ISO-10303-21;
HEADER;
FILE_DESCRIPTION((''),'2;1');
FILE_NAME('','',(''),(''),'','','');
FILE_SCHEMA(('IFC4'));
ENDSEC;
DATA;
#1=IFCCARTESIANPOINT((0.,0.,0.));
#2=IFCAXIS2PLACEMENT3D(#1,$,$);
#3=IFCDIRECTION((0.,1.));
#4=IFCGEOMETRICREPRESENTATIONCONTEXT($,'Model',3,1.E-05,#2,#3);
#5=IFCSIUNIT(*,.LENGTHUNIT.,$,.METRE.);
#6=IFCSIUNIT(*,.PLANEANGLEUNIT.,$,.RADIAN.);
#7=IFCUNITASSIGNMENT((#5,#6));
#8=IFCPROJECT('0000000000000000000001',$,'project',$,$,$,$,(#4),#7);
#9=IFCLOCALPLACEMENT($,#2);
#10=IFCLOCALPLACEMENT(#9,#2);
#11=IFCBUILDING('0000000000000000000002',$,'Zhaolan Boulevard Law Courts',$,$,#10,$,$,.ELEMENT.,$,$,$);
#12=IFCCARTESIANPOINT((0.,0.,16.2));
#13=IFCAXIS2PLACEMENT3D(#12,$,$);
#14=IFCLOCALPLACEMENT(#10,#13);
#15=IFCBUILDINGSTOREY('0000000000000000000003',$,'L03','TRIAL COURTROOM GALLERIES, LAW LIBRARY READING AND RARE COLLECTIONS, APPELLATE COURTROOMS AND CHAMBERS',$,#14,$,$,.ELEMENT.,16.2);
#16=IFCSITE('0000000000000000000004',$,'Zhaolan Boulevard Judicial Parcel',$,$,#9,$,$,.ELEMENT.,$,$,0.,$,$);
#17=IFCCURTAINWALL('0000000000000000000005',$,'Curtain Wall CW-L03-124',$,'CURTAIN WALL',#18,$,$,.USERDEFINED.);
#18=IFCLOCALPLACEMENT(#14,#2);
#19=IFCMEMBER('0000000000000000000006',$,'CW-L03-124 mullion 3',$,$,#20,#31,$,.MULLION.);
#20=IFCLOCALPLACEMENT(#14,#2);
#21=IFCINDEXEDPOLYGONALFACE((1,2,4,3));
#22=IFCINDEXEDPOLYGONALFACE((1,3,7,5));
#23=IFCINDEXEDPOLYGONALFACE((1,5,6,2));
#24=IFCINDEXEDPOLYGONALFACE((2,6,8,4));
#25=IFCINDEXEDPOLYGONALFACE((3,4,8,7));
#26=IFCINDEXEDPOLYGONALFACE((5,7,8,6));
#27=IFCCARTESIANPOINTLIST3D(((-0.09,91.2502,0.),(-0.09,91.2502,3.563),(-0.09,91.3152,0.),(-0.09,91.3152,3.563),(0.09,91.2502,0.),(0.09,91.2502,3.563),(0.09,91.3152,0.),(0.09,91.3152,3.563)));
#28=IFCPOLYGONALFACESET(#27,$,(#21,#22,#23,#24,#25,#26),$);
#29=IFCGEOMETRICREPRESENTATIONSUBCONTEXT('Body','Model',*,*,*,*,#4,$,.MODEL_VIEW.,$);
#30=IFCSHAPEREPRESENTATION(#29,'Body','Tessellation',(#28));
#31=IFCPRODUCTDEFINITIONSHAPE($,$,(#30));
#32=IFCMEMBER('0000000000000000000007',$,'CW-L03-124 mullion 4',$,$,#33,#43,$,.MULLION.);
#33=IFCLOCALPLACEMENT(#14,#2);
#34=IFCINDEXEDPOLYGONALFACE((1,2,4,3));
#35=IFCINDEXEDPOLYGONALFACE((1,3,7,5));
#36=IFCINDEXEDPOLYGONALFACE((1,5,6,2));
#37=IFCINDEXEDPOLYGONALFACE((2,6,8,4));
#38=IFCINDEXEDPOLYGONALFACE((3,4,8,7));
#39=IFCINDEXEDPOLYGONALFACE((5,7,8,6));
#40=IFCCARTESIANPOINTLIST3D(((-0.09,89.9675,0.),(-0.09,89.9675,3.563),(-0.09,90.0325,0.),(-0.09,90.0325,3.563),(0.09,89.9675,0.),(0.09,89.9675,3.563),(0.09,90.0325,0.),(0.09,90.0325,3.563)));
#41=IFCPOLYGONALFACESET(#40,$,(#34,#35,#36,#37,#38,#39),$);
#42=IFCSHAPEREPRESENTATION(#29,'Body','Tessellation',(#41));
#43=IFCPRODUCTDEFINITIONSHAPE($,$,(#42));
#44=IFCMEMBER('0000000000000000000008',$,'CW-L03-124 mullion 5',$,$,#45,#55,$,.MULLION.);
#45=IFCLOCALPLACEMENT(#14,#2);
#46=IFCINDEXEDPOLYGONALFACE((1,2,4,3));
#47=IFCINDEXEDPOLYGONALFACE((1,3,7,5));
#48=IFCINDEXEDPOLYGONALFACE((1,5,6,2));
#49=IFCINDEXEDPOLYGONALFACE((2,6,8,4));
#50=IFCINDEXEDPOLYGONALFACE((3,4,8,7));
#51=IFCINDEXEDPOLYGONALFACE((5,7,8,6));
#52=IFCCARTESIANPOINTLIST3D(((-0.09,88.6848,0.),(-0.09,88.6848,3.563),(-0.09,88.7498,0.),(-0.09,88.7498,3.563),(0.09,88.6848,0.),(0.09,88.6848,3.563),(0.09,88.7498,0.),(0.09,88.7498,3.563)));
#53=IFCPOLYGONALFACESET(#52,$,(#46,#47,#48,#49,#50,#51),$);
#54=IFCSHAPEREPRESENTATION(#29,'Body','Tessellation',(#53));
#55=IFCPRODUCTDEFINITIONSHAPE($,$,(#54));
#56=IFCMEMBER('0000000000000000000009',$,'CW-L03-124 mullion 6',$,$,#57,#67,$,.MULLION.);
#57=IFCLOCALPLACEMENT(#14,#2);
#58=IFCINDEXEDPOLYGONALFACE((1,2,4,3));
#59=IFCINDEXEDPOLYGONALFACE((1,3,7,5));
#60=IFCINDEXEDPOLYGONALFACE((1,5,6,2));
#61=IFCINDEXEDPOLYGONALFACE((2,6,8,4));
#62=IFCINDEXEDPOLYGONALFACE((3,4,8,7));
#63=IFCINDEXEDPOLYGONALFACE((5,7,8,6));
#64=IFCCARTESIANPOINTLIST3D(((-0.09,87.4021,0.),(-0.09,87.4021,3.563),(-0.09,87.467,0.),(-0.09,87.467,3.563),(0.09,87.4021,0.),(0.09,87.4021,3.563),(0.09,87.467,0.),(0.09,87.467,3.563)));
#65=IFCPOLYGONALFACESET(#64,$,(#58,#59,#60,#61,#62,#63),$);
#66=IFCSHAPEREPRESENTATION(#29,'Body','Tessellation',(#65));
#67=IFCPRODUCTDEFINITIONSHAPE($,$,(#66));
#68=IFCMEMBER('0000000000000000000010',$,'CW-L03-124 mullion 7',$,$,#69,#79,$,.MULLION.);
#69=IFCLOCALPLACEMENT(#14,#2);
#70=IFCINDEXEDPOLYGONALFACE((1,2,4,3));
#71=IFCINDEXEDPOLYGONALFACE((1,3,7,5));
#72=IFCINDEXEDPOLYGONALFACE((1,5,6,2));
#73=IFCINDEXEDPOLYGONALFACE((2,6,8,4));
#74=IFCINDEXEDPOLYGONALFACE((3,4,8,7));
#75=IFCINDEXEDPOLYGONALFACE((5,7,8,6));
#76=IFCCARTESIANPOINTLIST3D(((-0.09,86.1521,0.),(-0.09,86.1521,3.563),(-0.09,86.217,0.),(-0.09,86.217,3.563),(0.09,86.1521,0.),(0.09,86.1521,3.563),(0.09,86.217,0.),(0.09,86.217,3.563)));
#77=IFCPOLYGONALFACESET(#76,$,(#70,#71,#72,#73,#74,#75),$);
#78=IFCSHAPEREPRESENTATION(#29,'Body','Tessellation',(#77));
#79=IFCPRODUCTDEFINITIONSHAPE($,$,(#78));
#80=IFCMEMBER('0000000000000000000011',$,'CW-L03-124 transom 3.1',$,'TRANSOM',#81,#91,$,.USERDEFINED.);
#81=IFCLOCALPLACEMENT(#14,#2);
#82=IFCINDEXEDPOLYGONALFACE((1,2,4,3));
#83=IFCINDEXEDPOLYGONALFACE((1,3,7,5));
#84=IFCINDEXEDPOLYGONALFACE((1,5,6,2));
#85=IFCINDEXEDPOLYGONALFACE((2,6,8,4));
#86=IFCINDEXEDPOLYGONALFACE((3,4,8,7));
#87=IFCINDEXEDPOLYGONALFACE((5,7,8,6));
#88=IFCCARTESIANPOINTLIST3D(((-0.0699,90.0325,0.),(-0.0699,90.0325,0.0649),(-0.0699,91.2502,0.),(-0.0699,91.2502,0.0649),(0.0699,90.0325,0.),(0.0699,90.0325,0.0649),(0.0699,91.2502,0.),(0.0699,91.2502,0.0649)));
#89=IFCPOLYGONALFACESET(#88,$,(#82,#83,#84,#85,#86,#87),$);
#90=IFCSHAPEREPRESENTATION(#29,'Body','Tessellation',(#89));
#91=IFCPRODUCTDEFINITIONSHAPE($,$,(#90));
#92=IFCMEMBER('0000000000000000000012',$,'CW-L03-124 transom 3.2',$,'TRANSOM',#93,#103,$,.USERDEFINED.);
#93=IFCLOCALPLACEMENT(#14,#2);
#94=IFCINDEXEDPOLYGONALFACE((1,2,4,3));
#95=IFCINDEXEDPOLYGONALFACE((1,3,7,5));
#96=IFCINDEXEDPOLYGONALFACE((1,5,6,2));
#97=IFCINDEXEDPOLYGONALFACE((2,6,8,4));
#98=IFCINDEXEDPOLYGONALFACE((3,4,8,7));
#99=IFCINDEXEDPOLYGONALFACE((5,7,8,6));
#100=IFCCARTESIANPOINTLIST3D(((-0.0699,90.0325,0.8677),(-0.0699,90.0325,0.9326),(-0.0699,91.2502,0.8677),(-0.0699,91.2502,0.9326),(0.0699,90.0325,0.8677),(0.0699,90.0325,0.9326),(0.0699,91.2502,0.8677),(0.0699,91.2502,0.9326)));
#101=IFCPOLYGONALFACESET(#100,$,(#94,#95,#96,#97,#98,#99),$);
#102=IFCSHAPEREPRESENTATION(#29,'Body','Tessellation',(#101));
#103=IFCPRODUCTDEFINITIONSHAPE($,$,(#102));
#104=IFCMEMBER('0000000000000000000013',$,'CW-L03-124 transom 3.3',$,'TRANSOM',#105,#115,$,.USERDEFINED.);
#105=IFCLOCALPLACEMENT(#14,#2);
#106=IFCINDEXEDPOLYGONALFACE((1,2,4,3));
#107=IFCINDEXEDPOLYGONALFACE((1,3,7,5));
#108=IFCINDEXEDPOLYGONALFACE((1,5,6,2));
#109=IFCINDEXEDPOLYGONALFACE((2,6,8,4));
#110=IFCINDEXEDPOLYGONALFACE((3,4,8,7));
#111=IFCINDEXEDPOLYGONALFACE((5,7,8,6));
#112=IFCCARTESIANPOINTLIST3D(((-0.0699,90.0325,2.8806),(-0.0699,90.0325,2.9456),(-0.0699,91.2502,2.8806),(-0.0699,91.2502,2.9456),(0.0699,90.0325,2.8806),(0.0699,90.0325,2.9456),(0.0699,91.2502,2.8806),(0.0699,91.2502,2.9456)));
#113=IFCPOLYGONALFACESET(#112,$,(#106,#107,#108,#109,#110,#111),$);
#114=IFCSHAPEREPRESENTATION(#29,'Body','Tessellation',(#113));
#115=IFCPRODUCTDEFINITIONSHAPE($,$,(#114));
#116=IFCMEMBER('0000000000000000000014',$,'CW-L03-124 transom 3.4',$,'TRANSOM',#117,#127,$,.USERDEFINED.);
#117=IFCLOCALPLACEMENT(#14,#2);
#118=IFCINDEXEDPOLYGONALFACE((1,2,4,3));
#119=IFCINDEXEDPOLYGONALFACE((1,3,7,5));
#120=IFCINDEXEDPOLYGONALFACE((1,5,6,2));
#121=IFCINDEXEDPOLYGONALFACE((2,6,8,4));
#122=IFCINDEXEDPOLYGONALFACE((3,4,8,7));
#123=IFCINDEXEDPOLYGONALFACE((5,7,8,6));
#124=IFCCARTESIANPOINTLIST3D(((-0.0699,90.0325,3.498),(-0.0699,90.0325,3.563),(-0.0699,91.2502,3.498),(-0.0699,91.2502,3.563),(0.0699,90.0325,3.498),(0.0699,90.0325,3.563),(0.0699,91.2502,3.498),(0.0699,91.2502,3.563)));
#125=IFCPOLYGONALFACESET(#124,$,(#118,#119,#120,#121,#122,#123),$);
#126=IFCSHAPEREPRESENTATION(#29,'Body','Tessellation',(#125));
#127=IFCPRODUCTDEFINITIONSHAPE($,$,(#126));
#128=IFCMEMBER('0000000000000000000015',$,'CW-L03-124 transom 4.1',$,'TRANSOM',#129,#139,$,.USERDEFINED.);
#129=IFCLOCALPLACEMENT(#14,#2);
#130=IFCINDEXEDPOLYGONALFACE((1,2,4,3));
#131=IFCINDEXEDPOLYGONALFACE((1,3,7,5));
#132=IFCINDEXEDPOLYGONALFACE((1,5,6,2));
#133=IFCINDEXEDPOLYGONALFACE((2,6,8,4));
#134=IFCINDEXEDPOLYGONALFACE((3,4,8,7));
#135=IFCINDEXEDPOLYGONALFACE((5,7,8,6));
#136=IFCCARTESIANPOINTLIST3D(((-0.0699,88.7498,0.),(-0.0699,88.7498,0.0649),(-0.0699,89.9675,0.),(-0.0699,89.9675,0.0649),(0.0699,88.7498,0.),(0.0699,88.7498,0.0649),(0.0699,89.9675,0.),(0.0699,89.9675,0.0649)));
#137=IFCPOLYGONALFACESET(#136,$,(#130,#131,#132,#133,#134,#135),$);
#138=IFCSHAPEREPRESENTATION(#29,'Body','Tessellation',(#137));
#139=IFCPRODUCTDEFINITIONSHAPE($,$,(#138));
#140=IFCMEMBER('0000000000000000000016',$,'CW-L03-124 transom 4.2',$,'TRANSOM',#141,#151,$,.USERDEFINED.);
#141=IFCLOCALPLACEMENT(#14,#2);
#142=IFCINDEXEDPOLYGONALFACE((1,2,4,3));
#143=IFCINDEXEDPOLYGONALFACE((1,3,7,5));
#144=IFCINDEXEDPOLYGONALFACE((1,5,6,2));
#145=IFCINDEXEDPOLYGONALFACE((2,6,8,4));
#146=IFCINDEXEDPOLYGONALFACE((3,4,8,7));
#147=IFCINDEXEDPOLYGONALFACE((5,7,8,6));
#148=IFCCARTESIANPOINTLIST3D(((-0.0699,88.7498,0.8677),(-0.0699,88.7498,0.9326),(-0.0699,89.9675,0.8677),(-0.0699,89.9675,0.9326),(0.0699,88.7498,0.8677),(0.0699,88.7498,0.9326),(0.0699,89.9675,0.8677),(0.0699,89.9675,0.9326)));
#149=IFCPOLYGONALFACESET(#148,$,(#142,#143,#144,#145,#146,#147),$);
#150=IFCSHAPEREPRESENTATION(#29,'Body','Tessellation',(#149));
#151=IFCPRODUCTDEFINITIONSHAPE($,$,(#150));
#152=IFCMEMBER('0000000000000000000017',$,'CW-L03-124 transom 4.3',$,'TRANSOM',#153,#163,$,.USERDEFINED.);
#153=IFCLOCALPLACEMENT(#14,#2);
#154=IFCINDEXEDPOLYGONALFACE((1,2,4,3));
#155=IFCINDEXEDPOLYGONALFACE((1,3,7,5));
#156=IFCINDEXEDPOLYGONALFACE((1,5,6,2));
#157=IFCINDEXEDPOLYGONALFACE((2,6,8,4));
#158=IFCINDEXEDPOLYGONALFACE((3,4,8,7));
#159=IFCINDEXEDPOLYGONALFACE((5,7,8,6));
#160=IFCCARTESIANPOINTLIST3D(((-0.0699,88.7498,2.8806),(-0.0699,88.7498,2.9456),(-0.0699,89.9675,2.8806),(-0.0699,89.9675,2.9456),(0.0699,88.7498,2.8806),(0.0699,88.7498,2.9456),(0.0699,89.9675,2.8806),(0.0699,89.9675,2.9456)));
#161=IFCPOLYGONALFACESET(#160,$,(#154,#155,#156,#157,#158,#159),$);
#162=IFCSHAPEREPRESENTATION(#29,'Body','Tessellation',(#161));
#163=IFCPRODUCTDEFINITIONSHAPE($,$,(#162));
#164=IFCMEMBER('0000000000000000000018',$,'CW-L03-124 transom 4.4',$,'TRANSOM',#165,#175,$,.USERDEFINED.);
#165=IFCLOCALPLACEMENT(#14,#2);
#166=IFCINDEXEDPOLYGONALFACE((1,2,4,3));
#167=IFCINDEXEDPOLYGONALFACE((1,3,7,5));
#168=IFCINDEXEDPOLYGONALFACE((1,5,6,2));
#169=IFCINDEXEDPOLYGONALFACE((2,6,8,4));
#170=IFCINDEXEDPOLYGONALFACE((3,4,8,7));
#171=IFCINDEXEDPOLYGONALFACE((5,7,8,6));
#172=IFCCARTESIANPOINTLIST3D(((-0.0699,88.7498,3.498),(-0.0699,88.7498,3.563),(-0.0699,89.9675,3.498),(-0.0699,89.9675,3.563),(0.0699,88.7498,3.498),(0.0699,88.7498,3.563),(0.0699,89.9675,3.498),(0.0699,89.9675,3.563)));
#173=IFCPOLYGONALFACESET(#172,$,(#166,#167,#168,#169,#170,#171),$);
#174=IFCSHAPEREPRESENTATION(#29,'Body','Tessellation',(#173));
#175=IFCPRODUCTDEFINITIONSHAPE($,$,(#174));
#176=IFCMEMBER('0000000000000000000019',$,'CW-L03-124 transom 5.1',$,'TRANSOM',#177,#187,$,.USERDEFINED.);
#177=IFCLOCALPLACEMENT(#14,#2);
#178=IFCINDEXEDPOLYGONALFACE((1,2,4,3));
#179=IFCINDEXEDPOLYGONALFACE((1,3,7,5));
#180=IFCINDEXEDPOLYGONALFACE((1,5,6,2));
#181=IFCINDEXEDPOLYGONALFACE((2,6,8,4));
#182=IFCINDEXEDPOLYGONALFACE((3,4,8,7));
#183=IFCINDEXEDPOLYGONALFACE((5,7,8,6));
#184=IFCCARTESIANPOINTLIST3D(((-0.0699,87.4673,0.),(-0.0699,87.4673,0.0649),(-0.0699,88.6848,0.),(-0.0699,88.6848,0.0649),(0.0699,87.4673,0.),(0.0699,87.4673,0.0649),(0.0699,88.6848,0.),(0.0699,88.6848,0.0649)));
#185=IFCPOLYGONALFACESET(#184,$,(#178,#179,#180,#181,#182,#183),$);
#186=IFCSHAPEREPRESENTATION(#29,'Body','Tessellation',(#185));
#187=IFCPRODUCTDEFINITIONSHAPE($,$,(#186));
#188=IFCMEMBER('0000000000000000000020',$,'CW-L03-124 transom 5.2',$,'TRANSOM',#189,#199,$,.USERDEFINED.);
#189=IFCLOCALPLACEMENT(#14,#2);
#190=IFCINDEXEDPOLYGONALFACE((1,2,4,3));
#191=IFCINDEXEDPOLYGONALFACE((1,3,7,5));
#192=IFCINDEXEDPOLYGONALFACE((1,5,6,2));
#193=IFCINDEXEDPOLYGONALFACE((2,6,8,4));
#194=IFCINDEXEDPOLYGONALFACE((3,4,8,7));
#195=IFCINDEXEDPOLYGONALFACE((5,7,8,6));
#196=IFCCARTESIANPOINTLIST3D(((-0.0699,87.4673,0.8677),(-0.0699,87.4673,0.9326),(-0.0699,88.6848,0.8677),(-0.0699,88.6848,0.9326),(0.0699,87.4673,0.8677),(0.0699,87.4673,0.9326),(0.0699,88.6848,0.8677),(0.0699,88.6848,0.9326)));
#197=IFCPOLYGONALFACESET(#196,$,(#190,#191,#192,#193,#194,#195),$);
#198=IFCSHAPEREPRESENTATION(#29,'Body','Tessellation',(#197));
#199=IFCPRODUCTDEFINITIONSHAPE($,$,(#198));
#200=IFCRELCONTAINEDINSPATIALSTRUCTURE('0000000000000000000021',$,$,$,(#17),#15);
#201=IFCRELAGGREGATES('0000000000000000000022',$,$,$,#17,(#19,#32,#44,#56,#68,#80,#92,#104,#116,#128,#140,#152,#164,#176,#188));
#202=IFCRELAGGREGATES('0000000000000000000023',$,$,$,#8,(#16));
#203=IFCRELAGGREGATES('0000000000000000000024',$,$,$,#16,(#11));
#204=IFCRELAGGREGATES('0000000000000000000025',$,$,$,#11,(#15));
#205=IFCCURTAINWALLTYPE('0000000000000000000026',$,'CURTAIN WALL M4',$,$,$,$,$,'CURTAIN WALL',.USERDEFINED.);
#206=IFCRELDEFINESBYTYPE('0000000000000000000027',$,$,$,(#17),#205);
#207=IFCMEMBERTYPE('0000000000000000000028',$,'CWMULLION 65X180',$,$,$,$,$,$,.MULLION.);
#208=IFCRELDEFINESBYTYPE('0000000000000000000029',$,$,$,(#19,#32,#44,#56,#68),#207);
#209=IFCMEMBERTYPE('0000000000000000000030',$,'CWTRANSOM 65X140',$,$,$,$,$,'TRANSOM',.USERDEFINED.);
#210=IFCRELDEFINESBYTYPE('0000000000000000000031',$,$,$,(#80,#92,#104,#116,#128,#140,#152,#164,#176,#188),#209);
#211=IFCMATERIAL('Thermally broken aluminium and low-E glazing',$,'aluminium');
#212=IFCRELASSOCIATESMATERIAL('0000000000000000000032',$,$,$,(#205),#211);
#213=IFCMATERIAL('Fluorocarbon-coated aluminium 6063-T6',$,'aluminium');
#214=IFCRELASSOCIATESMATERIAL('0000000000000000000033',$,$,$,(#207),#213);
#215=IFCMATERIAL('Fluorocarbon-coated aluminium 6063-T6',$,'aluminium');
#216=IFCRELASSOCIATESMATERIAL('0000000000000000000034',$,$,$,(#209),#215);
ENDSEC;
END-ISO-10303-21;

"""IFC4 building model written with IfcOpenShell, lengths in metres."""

from ifc_helpers import new_model, si_unit, direction, frame, origin, origin_2d, place, context, subcontext, project, spatial, rectangle, extrude, material, material_profile, profile_set, type_object, element, aggregate, save


model = new_model("IFC4")

# Units and contexts
model_context = context("Model", 3, precision=1e-05, world=origin(), true_north=direction((0.0, 1.0)))
body_context = subcontext(model_context, "Body", "Model", "MODEL_VIEW")
ifc_project = project(units=[si_unit("LENGTHUNIT", "METRE"), si_unit("PLANEANGLEUNIT", "RADIAN")], contexts=[model_context])

# Site, building, storey
site_placement = place(None, origin())
site = spatial("IfcSite", under=ifc_project, at=site_placement, Name="Zhaolan Boulevard Judicial Parcel", CompositionType="ELEMENT", RefElevation=0.0)
building_placement = place(site_placement, origin())
building = spatial("IfcBuilding", under=site, at=building_placement, Name="Zhaolan Boulevard Law Courts", CompositionType="ELEMENT")
storey_placement = place(building_placement, frame((0.0, 0.0, 16.2)))
storey = spatial("IfcBuildingStorey", under=building, at=storey_placement, Name="L03", Description="TRIAL COURTROOM GALLERIES, LAW LIBRARY READING AND RARE COLLECTIONS, APPELLATE COURTROOMS AND CHAMBERS", CompositionType="ELEMENT", Elevation=16.2)

# Curtain wall, members
ifc_material_1 = material(Name="Thermally broken aluminium and low-E glazing", Category="aluminium")
curtain_wall_type = type_object("IfcCurtainWallType", Name="CURTAIN WALL M4", ElementType="CURTAIN WALL", PredefinedType="USERDEFINED", material=ifc_material_1)
curtain_wall_placement = place(storey_placement, origin())
curtain_wall = element("IfcCurtainWall", 1, at=curtain_wall_placement, inside=storey, type_object=curtain_wall_type, Name="Curtain Wall CW-L03-124", ObjectType="CURTAIN WALL", PredefinedType="USERDEFINED")
ifc_material_2 = material(Name="Fluorocarbon-coated aluminium 6063-T6", Category="aluminium")
ifc_material_profile_1 = material_profile(ifc_material_2, rectangle(XDim=0.1799, YDim=0.0649, at=origin_2d()), Name="AL65x180")
ifc_profile_set_1 = profile_set([ifc_material_profile_1], Name="Fluorocarbon-coated aluminium 6063-T6")
member_type_1 = type_object("IfcMemberType", Name="CWMULLION 65X180", PredefinedType="MULLION", material=ifc_profile_set_1)
member_1_placement = place(storey_placement, frame((0.0, 91.2827, 0.0), z_axis=(0.0, 0.0, 1.0), x_axis=(1.0, 0.0, 0.0)))
member_1 = element("IfcMember", 2, at=member_1_placement, type_object=member_type_1, Name="CW-L03-124 mullion 3", PredefinedType="MULLION", context=body_context, shape_type="SweptSolid", body=[
    extrude(rectangle(XDim=0.1799, YDim=0.0649, at=origin_2d()), origin(), (0.0, 0.0, 1.0), 3.563),
])
member_2_placement = place(storey_placement, frame((0.0, 90.0, 0.0), z_axis=(0.0, 0.0, 1.0), x_axis=(1.0, 0.0, 0.0)))
member_2 = element("IfcMember", 3, at=member_2_placement, type_object=member_type_1, Name="CW-L03-124 mullion 4", PredefinedType="MULLION", context=body_context, shape_type="SweptSolid", body=[
    extrude(rectangle(XDim=0.1799, YDim=0.0649, at=origin_2d()), origin(), (0.0, 0.0, 1.0), 3.563),
])
member_3_placement = place(storey_placement, frame((0.0, 88.7173, 0.0), z_axis=(0.0, 0.0, 1.0), x_axis=(1.0, 0.0, 0.0)))
member_3 = element("IfcMember", 4, at=member_3_placement, type_object=member_type_1, Name="CW-L03-124 mullion 5", PredefinedType="MULLION", context=body_context, shape_type="SweptSolid", body=[
    extrude(rectangle(XDim=0.1799, YDim=0.0649, at=origin_2d()), origin(), (0.0, 0.0, 1.0), 3.563),
])
member_4_placement = place(storey_placement, frame((0.0, 87.4346, 0.0), z_axis=(0.0, 0.0, 1.0), x_axis=(1.0, 0.0, 0.0)))
member_4 = element("IfcMember", 5, at=member_4_placement, type_object=member_type_1, Name="CW-L03-124 mullion 6", PredefinedType="MULLION", context=body_context, shape_type="SweptSolid", body=[
    extrude(rectangle(XDim=0.1799, YDim=0.0649, at=origin_2d()), origin(), (0.0, 0.0, 1.0), 3.563),
])
member_5_placement = place(storey_placement, frame((0.0, 86.1846, 0.0), z_axis=(0.0, 0.0, 1.0), x_axis=(1.0, 0.0, 0.0)))
member_5 = element("IfcMember", 6, at=member_5_placement, type_object=member_type_1, Name="CW-L03-124 mullion 7", PredefinedType="MULLION", context=body_context, shape_type="SweptSolid", body=[
    extrude(rectangle(XDim=0.1799, YDim=0.0649, at=origin_2d()), origin(), (0.0, 0.0, 1.0), 3.563),
])
ifc_material_3 = material(Name="Fluorocarbon-coated aluminium 6063-T6", Category="aluminium")
ifc_material_profile_2 = material_profile(ifc_material_3, rectangle(XDim=0.1399, YDim=0.0649, at=origin_2d()), Name="AL65x140")
ifc_profile_set_2 = profile_set([ifc_material_profile_2], Name="Fluorocarbon-coated aluminium 6063-T6")
member_type_2 = type_object("IfcMemberType", Name="CWTRANSOM 65X140", ElementType="TRANSOM", PredefinedType="USERDEFINED", material=ifc_profile_set_2)
member_6_placement = place(storey_placement, frame((0.0, 91.2502, 0.0325), z_axis=(0.0, -1.0, 0.0), x_axis=(1.0, 0.0, 0.0)))
member_6 = element("IfcMember", 7, at=member_6_placement, type_object=member_type_2, Name="CW-L03-124 transom 3.1", ObjectType="TRANSOM", PredefinedType="USERDEFINED", context=body_context, shape_type="SweptSolid", body=[
    extrude(rectangle(XDim=0.1399, YDim=0.0649, at=origin_2d()), origin(), (0.0, 0.0, 1.0), 1.2178),
])
member_7_placement = place(storey_placement, frame((0.0, 91.2502, 0.9001), z_axis=(0.0, -1.0, 0.0), x_axis=(1.0, 0.0, 0.0)))
member_7 = element("IfcMember", 8, at=member_7_placement, type_object=member_type_2, Name="CW-L03-124 transom 3.2", ObjectType="TRANSOM", PredefinedType="USERDEFINED", context=body_context, shape_type="SweptSolid", body=[
    extrude(rectangle(XDim=0.1399, YDim=0.0649, at=origin_2d()), origin(), (0.0, 0.0, 1.0), 1.2178),
])
member_8_placement = place(storey_placement, frame((0.0, 91.2502, 2.9131), z_axis=(0.0, -1.0, 0.0), x_axis=(1.0, 0.0, 0.0)))
member_8 = element("IfcMember", 9, at=member_8_placement, type_object=member_type_2, Name="CW-L03-124 transom 3.3", ObjectType="TRANSOM", PredefinedType="USERDEFINED", context=body_context, shape_type="SweptSolid", body=[
    extrude(rectangle(XDim=0.1399, YDim=0.0649, at=origin_2d()), origin(), (0.0, 0.0, 1.0), 1.2178),
])
member_9_placement = place(storey_placement, frame((0.0, 91.2502, 3.5305), z_axis=(0.0, -1.0, 0.0), x_axis=(1.0, 0.0, 0.0)))
member_9 = element("IfcMember", 10, at=member_9_placement, type_object=member_type_2, Name="CW-L03-124 transom 3.4", ObjectType="TRANSOM", PredefinedType="USERDEFINED", context=body_context, shape_type="SweptSolid", body=[
    extrude(rectangle(XDim=0.1399, YDim=0.0649, at=origin_2d()), origin(), (0.0, 0.0, 1.0), 1.2178),
])
member_10_placement = place(storey_placement, frame((0.0, 89.9675, 0.0325), z_axis=(0.0, -1.0, 0.0), x_axis=(1.0, 0.0, 0.0)))
member_10 = element("IfcMember", 11, at=member_10_placement, type_object=member_type_2, Name="CW-L03-124 transom 4.1", ObjectType="TRANSOM", PredefinedType="USERDEFINED", context=body_context, shape_type="SweptSolid", body=[
    extrude(rectangle(XDim=0.1399, YDim=0.0649, at=origin_2d()), origin(), (0.0, 0.0, 1.0), 1.2178),
])
member_11_placement = place(storey_placement, frame((0.0, 89.9675, 0.9001), z_axis=(0.0, -1.0, 0.0), x_axis=(1.0, 0.0, 0.0)))
member_11 = element("IfcMember", 12, at=member_11_placement, type_object=member_type_2, Name="CW-L03-124 transom 4.2", ObjectType="TRANSOM", PredefinedType="USERDEFINED", context=body_context, shape_type="SweptSolid", body=[
    extrude(rectangle(XDim=0.1399, YDim=0.0649, at=origin_2d()), origin(), (0.0, 0.0, 1.0), 1.2178),
])
member_12_placement = place(storey_placement, frame((0.0, 89.9675, 2.9131), z_axis=(0.0, -1.0, 0.0), x_axis=(1.0, 0.0, 0.0)))
member_12 = element("IfcMember", 13, at=member_12_placement, type_object=member_type_2, Name="CW-L03-124 transom 4.3", ObjectType="TRANSOM", PredefinedType="USERDEFINED", context=body_context, shape_type="SweptSolid", body=[
    extrude(rectangle(XDim=0.1399, YDim=0.0649, at=origin_2d()), origin(), (0.0, 0.0, 1.0), 1.2178),
])
member_13_placement = place(storey_placement, frame((0.0, 89.9675, 3.5305), z_axis=(0.0, -1.0, 0.0), x_axis=(1.0, 0.0, 0.0)))
member_13 = element("IfcMember", 14, at=member_13_placement, type_object=member_type_2, Name="CW-L03-124 transom 4.4", ObjectType="TRANSOM", PredefinedType="USERDEFINED", context=body_context, shape_type="SweptSolid", body=[
    extrude(rectangle(XDim=0.1399, YDim=0.0649, at=origin_2d()), origin(), (0.0, 0.0, 1.0), 1.2178),
])
member_14_placement = place(storey_placement, frame((0.0, 88.6848, 0.0325), z_axis=(0.0, -1.0, 0.0), x_axis=(1.0, 0.0, 0.0)))
member_14 = element("IfcMember", 15, at=member_14_placement, type_object=member_type_2, Name="CW-L03-124 transom 5.1", ObjectType="TRANSOM", PredefinedType="USERDEFINED", context=body_context, shape_type="SweptSolid", body=[
    extrude(rectangle(XDim=0.1399, YDim=0.0649, at=origin_2d()), origin(), (0.0, 0.0, 1.0), 1.2175),
])
member_15_placement = place(storey_placement, frame((0.0, 88.6848, 0.9001), z_axis=(0.0, -1.0, 0.0), x_axis=(1.0, 0.0, 0.0)))
member_15 = element("IfcMember", 16, at=member_15_placement, type_object=member_type_2, Name="CW-L03-124 transom 5.2", ObjectType="TRANSOM", PredefinedType="USERDEFINED", context=body_context, shape_type="SweptSolid", body=[
    extrude(rectangle(XDim=0.1399, YDim=0.0649, at=origin_2d()), origin(), (0.0, 0.0, 1.0), 1.2175),
])

aggregate(curtain_wall, [member_1, member_2, member_3, member_4, member_5, member_6, member_7, member_8, member_9, member_10, member_11, member_12, member_13, member_14, member_15])

save(model, "model.ifc")
